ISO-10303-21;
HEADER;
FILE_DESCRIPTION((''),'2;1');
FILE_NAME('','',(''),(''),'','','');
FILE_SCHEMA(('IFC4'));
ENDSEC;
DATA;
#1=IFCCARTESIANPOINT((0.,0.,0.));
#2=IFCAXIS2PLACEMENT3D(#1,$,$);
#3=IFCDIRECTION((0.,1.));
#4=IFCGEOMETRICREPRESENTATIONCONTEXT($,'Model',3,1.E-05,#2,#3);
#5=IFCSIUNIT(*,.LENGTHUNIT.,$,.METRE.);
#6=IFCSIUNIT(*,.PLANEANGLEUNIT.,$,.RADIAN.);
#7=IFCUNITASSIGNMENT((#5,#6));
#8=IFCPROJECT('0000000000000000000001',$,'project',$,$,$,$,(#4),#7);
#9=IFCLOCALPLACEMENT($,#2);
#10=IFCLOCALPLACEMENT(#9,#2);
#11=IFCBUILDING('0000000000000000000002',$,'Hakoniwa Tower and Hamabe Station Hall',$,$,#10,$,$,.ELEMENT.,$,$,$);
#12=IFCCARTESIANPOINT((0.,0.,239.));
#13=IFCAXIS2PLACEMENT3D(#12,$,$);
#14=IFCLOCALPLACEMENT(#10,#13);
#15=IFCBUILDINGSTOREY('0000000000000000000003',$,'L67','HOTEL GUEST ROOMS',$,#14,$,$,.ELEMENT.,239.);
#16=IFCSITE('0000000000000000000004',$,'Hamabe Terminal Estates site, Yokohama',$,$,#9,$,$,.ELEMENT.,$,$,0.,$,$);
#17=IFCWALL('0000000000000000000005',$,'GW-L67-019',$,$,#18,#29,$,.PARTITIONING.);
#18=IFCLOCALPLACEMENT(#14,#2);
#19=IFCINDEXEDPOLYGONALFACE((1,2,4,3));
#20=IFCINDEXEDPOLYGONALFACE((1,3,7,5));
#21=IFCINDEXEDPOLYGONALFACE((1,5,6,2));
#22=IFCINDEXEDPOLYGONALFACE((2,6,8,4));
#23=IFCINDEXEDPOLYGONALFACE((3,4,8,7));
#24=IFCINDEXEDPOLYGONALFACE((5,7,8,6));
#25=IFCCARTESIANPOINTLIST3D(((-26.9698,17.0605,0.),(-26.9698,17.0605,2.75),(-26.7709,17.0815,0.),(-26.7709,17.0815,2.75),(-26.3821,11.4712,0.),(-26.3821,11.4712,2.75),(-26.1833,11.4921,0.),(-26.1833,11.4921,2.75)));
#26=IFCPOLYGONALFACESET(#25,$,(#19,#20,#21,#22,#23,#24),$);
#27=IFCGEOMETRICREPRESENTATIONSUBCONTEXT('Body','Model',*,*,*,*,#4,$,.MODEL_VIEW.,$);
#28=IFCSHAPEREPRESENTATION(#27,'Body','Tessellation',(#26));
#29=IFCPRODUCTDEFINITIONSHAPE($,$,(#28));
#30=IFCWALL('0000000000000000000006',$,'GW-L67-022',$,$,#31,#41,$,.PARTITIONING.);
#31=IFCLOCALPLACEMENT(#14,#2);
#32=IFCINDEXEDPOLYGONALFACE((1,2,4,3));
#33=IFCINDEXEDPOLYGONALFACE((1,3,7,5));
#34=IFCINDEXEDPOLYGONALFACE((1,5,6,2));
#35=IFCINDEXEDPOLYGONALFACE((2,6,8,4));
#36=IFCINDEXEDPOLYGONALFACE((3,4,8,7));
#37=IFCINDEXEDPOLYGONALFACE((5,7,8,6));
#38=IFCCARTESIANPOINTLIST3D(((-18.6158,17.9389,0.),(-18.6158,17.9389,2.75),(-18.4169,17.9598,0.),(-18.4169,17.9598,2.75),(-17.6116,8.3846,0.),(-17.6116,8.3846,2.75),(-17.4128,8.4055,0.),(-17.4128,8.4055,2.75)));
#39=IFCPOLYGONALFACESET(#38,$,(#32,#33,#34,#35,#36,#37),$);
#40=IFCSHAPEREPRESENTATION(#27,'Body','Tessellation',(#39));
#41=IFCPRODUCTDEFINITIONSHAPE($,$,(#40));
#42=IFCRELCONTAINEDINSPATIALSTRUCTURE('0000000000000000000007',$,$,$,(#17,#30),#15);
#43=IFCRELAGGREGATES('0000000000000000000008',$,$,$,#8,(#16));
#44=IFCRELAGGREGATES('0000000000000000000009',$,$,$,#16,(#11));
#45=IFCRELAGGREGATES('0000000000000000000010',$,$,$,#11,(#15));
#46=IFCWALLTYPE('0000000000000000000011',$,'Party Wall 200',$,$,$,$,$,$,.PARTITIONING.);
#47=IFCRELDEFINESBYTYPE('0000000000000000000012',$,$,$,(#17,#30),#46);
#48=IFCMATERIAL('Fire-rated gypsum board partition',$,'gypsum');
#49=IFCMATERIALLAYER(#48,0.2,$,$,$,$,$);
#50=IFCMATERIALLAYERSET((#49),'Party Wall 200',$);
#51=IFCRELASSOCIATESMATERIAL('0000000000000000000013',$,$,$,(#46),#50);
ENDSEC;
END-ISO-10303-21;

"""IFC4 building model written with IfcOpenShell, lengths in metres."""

from ifc_helpers import new_model, si_unit, direction, frame, frame_2d, origin, place, context, subcontext, project, spatial, rectangle, extrude, material, layer, layer_set, type_object, element, save


model = new_model("IFC4")

# Units and contexts
model_context = context("Model", 3, precision=1e-05, world=origin(), true_north=direction((0.0, 1.0)))
body_context = subcontext(model_context, "Body", "Model", "MODEL_VIEW")
ifc_project = project(units=[si_unit("LENGTHUNIT", "METRE"), si_unit("PLANEANGLEUNIT", "RADIAN")], contexts=[model_context])

# Site, building, storey
site_placement = place(None, origin())
site = spatial("IfcSite", under=ifc_project, at=site_placement, Name="Hamabe Terminal Estates site, Yokohama", CompositionType="ELEMENT", RefElevation=0.0)
building_placement = place(site_placement, origin())
building = spatial("IfcBuilding", under=site, at=building_placement, Name="Hakoniwa Tower and Hamabe Station Hall", CompositionType="ELEMENT")
storey_placement = place(building_placement, frame((0.0, 0.0, 239.0)))
storey = spatial("IfcBuildingStorey", under=building, at=storey_placement, Name="L67", Description="HOTEL GUEST ROOMS", CompositionType="ELEMENT", Elevation=239.0)

# Walls
ifc_material_1 = material(Name="Fire-rated gypsum board partition", Category="gypsum")
ifc_layer_1 = layer(ifc_material_1, 0.2)
ifc_layer_set_1 = layer_set([ifc_layer_1], Name="Party Wall 200")
wall_type_1 = type_object("IfcWallType", Name="Party Wall 200", PredefinedType="PARTITIONING", material=ifc_layer_set_1)
wall_1_placement = place(storey_placement, frame((-26.2827, 11.4817, 0.0), z_axis=(0.0, 0.0, 1.0), x_axis=(-0.10456, 0.994519, 0.0)))
element("IfcWall", 1, at=wall_1_placement, inside=storey, type_object=wall_type_1, Name="GW-L67-019", PredefinedType="PARTITIONING", context=body_context, shape_type="SweptSolid", body=[
    extrude(rectangle(XDim=5.6201, YDim=0.2, at=frame_2d((2.8101, 0.0))), origin(), (0.0, 0.0, 1.0), 2.75),
])
wall_2_placement = place(storey_placement, frame((-17.5122, 8.395, 0.0), z_axis=(0.0, 0.0, 1.0), x_axis=(-0.104525, 0.994522, 0.0)))
element("IfcWall", 2, at=wall_2_placement, inside=storey, type_object=wall_type_1, Name="GW-L67-022", PredefinedType="PARTITIONING", context=body_context, shape_type="SweptSolid", body=[
    extrude(rectangle(XDim=9.6069, YDim=0.2, at=frame_2d((4.8035, 0.0))), origin(), (0.0, 0.0, 1.0), 2.75),
])

save(model, "model.ifc")
